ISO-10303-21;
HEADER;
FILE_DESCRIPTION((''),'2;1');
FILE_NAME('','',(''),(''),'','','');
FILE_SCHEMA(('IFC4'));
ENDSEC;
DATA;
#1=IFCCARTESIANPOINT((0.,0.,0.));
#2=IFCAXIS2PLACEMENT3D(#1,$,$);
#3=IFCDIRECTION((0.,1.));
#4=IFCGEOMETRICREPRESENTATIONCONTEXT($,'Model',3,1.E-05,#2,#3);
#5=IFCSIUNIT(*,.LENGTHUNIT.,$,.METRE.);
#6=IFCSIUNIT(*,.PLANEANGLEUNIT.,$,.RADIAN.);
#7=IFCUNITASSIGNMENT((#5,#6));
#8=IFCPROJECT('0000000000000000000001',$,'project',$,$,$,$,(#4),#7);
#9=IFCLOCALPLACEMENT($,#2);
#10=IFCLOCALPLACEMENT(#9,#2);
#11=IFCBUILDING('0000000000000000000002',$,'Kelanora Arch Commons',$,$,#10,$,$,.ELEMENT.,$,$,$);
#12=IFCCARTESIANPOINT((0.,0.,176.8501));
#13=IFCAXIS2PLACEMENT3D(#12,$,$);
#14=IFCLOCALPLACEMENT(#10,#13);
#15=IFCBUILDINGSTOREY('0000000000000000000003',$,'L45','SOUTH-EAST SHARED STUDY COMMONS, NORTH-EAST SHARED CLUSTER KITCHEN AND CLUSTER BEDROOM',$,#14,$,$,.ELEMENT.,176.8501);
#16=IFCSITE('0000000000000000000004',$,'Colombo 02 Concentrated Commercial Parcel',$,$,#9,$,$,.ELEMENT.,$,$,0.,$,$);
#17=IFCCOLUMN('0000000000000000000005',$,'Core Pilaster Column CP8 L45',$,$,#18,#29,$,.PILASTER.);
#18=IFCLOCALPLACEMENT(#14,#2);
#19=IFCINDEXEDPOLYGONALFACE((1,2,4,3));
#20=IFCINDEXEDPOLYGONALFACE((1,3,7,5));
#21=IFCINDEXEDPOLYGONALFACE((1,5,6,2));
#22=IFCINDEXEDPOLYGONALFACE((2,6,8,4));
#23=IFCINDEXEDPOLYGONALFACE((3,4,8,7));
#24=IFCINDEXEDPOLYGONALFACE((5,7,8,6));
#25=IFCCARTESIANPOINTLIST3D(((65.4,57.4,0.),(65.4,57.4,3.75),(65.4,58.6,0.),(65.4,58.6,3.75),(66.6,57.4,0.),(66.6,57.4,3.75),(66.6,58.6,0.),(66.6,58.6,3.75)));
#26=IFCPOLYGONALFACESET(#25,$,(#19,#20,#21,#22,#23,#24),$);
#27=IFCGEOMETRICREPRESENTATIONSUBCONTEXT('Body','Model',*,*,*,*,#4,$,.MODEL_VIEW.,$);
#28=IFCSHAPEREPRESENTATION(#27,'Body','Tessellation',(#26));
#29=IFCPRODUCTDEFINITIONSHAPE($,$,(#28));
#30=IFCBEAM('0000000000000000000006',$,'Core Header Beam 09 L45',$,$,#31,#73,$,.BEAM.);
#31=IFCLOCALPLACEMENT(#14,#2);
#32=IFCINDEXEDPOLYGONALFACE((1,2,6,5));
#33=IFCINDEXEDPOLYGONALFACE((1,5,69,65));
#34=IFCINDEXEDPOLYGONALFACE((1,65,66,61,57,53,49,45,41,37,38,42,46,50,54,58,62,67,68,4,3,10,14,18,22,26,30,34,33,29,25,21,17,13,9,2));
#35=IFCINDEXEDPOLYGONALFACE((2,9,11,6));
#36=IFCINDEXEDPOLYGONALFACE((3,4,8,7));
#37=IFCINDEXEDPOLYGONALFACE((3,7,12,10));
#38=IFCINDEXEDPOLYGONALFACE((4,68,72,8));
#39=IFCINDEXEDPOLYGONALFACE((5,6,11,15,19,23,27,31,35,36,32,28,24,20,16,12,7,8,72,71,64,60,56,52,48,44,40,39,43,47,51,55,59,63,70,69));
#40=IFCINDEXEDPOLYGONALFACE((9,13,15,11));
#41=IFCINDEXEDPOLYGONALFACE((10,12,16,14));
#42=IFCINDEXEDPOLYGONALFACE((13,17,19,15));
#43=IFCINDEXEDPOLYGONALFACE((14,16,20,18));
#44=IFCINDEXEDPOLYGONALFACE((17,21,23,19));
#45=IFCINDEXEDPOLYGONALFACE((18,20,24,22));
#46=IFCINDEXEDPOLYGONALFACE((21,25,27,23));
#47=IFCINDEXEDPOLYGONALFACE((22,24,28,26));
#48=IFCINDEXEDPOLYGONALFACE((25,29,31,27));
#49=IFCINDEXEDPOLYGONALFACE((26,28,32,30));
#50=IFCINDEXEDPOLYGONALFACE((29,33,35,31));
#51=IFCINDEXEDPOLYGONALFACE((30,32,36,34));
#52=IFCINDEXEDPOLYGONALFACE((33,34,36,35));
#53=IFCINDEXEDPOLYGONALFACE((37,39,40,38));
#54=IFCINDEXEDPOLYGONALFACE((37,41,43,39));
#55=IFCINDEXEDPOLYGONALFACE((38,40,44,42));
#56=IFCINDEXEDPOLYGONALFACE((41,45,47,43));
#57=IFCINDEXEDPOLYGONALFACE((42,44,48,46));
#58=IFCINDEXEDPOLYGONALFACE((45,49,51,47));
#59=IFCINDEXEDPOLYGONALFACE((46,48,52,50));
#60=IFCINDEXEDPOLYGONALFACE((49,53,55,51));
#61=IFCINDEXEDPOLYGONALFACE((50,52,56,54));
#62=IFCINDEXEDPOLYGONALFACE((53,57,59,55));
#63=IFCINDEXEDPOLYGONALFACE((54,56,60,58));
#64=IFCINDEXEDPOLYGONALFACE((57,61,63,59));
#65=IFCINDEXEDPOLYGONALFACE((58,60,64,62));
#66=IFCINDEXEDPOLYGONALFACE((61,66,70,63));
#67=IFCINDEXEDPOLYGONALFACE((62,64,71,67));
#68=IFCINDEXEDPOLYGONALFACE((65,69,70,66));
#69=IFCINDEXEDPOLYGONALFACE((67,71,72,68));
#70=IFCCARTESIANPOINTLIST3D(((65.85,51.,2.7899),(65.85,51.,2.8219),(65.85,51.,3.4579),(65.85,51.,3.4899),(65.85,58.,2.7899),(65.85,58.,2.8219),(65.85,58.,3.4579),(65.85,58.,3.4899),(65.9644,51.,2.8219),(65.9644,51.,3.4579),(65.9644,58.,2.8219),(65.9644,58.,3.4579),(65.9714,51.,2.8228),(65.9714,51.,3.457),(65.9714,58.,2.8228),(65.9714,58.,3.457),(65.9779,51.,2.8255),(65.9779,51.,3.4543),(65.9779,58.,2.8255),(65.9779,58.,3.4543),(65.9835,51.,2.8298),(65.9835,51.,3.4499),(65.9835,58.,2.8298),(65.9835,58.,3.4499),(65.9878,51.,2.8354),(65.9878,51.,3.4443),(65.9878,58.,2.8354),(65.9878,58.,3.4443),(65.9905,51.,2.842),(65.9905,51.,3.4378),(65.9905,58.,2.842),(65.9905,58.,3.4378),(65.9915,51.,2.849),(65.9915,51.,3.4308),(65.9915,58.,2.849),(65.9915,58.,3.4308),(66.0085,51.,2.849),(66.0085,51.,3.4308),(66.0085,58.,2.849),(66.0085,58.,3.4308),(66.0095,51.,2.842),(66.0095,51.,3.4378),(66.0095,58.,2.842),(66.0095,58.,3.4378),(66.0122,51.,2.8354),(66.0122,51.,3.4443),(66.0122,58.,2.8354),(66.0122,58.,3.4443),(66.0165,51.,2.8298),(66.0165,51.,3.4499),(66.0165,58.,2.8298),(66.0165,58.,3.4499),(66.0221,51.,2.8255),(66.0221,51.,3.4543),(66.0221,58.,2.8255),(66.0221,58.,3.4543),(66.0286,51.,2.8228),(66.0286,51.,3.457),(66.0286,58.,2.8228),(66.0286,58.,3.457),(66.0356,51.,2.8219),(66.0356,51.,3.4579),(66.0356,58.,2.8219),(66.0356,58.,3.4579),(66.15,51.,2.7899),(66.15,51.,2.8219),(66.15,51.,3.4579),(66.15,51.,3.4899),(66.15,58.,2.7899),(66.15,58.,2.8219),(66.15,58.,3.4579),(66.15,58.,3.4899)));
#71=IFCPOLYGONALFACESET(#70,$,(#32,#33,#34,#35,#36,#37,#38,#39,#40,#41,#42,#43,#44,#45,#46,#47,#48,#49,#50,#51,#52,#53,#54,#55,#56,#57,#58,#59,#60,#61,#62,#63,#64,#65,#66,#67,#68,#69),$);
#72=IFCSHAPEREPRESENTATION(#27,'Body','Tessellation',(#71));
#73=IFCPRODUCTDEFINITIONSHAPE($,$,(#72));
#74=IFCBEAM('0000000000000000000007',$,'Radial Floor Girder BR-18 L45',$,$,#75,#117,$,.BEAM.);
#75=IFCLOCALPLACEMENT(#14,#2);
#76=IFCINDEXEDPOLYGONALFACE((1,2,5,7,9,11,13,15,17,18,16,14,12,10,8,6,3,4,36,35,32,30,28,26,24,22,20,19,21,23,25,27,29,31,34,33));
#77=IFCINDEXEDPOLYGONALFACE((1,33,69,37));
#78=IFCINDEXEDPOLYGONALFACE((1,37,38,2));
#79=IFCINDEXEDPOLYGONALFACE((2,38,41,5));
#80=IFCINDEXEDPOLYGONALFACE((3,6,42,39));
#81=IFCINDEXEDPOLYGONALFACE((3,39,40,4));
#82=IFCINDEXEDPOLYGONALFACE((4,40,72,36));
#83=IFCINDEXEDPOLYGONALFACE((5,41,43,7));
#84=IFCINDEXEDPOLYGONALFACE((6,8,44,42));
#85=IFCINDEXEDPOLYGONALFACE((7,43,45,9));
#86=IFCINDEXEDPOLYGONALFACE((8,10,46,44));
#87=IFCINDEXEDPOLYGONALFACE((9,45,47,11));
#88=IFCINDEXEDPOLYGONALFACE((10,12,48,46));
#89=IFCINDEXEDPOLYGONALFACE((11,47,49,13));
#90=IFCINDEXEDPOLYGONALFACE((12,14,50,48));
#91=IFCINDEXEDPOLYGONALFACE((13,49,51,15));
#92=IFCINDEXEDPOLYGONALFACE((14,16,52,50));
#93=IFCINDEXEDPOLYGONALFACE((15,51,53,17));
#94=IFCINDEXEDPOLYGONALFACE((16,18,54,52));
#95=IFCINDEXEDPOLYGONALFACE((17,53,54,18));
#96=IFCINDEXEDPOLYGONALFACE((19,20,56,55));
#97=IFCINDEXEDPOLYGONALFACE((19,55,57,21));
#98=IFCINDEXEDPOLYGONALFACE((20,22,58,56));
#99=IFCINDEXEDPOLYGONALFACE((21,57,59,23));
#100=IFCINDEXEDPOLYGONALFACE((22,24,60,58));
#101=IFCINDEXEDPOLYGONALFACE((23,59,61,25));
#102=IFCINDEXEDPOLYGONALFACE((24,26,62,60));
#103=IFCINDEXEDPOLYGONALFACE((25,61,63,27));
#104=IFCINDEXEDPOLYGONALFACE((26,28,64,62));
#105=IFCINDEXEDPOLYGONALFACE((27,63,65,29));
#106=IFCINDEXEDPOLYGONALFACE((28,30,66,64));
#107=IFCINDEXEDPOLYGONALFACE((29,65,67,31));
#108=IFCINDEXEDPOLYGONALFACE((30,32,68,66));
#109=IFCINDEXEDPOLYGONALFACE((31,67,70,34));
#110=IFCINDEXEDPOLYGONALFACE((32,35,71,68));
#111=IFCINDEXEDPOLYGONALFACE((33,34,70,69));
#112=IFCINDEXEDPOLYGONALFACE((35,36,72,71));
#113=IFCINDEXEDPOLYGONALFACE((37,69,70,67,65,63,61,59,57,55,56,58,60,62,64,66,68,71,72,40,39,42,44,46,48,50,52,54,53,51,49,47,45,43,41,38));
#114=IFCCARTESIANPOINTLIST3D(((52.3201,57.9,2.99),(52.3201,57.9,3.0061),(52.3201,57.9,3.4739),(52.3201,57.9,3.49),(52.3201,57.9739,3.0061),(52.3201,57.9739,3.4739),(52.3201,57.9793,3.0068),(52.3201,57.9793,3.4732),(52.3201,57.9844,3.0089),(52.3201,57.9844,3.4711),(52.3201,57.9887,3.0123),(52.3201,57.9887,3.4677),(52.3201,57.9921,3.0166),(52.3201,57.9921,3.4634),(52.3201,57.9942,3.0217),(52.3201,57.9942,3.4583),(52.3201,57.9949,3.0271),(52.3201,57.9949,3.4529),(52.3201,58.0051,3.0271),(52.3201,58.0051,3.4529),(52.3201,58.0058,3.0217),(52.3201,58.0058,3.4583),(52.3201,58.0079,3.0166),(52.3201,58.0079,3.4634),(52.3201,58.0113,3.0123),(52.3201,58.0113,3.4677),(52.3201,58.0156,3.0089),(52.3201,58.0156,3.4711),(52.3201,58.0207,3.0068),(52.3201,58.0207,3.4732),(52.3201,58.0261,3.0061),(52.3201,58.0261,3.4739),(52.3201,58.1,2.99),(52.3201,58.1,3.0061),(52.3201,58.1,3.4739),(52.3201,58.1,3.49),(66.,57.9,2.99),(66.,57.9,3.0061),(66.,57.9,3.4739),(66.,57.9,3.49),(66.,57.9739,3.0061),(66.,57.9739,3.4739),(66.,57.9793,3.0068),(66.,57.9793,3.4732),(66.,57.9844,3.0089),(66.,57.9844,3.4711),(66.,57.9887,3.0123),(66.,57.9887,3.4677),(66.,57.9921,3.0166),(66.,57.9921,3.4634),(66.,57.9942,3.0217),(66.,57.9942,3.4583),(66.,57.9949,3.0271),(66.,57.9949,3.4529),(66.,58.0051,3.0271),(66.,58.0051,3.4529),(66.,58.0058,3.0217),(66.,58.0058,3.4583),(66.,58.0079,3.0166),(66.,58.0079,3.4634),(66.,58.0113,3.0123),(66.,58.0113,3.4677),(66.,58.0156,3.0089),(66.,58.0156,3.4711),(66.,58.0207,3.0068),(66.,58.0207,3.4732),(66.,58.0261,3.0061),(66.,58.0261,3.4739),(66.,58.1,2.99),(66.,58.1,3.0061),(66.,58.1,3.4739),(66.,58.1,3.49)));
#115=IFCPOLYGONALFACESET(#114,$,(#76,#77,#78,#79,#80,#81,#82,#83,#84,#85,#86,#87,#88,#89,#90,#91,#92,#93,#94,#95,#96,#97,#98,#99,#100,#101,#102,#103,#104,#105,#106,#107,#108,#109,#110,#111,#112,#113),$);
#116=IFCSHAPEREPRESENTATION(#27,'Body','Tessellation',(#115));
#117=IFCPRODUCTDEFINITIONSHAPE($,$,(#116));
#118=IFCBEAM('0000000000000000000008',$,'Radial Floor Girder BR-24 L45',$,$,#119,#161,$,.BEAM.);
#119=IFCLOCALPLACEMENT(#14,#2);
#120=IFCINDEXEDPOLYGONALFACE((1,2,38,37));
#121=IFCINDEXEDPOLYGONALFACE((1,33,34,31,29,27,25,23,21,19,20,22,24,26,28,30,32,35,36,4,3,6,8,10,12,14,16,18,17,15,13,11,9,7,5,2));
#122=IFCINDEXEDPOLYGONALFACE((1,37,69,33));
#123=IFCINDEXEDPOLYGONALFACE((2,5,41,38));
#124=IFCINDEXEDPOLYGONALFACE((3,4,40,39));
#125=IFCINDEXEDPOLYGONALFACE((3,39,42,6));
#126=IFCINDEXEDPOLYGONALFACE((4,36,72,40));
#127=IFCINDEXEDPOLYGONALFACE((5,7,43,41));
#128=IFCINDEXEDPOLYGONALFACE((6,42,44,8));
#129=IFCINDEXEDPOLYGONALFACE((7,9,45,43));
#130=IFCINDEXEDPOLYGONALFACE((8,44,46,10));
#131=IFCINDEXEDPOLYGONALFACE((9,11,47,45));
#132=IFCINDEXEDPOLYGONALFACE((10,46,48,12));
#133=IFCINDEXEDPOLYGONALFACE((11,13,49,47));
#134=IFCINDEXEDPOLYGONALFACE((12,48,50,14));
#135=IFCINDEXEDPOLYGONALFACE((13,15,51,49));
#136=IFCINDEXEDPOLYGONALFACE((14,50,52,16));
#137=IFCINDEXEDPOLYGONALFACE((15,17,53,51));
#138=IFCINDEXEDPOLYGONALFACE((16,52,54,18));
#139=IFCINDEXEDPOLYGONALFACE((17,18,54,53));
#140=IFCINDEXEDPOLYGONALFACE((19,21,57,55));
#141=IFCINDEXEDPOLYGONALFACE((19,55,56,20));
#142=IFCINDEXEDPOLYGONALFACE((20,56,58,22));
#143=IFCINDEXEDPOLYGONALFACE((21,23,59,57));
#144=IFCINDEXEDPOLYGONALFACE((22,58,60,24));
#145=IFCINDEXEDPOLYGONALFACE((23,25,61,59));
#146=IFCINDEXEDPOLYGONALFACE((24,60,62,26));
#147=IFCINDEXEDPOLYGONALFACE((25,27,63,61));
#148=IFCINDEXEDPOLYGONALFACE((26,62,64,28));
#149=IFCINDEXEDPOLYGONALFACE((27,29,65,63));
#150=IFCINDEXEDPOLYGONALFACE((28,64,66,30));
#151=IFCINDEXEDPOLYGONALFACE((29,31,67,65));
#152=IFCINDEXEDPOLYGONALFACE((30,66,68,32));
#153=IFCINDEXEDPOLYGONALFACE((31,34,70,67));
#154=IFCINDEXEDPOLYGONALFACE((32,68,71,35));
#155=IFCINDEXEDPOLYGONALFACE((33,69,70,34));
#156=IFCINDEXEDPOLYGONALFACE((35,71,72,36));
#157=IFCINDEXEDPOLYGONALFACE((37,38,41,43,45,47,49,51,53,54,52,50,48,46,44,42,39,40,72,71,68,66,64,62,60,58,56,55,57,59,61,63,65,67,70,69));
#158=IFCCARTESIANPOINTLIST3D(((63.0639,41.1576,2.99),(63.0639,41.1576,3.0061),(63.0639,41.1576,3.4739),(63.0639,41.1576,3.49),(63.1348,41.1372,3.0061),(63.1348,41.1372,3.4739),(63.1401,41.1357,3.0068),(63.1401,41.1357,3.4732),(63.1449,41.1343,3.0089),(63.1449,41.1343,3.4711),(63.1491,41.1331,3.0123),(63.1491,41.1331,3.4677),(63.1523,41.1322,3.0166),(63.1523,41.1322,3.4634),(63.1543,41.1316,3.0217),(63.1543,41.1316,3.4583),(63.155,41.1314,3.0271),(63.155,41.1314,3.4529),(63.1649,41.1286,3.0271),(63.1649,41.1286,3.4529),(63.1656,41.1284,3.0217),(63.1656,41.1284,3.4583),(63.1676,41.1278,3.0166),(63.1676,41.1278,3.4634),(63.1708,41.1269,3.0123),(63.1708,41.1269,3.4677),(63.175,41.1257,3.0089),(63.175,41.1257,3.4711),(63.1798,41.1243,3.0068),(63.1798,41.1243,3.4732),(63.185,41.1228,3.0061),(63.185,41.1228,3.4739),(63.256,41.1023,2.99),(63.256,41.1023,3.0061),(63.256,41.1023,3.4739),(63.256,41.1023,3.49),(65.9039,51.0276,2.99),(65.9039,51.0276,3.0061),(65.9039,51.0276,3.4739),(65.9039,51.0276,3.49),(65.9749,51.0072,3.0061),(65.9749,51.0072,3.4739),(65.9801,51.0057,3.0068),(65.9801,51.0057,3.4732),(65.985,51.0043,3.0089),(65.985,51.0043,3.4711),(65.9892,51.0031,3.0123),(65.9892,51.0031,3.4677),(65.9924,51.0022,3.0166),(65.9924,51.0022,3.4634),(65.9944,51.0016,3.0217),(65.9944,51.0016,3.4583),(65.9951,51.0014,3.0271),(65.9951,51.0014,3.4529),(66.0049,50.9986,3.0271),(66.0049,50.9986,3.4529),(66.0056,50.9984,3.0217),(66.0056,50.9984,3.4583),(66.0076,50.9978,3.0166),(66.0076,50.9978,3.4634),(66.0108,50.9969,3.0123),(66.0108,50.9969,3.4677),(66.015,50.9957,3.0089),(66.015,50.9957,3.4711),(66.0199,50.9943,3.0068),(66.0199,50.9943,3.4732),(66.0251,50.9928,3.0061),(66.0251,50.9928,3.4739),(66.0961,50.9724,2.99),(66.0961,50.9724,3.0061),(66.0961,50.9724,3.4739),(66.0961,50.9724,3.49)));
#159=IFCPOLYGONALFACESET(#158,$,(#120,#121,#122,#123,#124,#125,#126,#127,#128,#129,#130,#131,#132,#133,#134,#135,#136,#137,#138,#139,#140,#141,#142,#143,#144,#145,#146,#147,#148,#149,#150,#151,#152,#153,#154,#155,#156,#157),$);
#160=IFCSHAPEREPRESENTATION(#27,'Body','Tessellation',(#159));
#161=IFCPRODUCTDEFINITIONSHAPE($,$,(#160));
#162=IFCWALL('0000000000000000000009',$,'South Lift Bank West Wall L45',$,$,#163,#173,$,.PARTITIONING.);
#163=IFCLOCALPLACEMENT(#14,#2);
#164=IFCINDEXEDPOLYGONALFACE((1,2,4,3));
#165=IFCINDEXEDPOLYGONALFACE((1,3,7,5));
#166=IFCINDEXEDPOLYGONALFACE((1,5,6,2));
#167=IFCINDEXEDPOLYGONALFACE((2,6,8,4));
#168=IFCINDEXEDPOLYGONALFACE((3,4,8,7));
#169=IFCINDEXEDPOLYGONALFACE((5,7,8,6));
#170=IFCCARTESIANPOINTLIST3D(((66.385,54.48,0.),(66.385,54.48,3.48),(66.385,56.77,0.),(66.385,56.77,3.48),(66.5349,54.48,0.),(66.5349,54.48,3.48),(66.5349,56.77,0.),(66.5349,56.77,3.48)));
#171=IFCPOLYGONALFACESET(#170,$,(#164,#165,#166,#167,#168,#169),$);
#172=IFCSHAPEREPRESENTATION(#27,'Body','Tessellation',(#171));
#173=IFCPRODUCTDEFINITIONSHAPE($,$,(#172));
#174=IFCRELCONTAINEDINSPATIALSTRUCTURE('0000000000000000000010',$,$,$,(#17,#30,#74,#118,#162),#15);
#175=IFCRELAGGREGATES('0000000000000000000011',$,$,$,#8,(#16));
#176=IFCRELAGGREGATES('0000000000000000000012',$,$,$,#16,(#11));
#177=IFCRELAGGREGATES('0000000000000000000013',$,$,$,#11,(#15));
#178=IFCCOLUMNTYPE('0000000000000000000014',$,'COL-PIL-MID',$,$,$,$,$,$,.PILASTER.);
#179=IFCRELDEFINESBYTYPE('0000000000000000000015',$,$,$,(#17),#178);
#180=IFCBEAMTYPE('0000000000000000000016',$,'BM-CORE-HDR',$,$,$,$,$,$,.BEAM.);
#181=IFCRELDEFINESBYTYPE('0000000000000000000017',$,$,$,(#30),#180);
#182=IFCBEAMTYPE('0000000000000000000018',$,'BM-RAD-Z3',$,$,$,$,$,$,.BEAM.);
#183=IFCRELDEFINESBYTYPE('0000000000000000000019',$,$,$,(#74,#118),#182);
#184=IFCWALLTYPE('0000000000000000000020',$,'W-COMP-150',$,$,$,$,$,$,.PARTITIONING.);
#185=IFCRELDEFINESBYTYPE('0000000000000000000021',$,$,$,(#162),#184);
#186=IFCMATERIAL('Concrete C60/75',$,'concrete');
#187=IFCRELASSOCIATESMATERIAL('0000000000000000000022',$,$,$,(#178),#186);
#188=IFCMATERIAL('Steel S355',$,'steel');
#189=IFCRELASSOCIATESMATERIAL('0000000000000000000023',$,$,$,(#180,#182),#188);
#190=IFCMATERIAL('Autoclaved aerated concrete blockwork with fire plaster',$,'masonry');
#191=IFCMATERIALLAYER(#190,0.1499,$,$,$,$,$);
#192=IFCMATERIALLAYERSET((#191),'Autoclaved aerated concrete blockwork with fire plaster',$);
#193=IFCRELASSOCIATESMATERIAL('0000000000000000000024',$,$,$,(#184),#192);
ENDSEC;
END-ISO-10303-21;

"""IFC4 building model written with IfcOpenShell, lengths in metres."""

from ifc_helpers import new_model, si_unit, direction, frame, frame_2d, origin, origin_2d, place, context, subcontext, project, spatial, rectangle, i_section, extrude, material, layer, layer_set, material_profile, profile_set, type_object, element, save


model = new_model("IFC4")

# Units and contexts
model_context = context("Model", 3, precision=1e-05, world=origin(), true_north=direction((0.0, 1.0)))
body_context = subcontext(model_context, "Body", "Model", "MODEL_VIEW")
ifc_project = project(units=[si_unit("LENGTHUNIT", "METRE"), si_unit("PLANEANGLEUNIT", "RADIAN")], contexts=[model_context])

# Site, building, storey
site_placement = place(None, origin())
site = spatial("IfcSite", under=ifc_project, at=site_placement, Name="Colombo 02 Concentrated Commercial Parcel", CompositionType="ELEMENT", RefElevation=0.0)
building_placement = place(site_placement, origin())
building = spatial("IfcBuilding", under=site, at=building_placement, Name="Kelanora Arch Commons", CompositionType="ELEMENT")
storey_placement = place(building_placement, frame((0.0, 0.0, 176.8501)))
storey = spatial("IfcBuildingStorey", under=building, at=storey_placement, Name="L45", Description="SOUTH-EAST SHARED STUDY COMMONS, NORTH-EAST SHARED CLUSTER KITCHEN AND CLUSTER BEDROOM", CompositionType="ELEMENT", Elevation=176.8501)

# Column
ifc_material_1 = material(Name="Concrete C60/75", Category="concrete")
ifc_material_profile_1 = material_profile(ifc_material_1, rectangle(XDim=1.2, YDim=1.2, at=origin_2d()), Name="RC1200x1200")
ifc_profile_set_1 = profile_set([ifc_material_profile_1], Name="Concrete C60/75")
column_type = type_object("IfcColumnType", Name="COL-PIL-MID", PredefinedType="PILASTER", material=ifc_profile_set_1)
column_placement = place(storey_placement, frame((66.0, 58.0, 0.0), z_axis=(0.0, 0.0, 1.0), x_axis=(1.0, 0.0, 0.0)))
element("IfcColumn", 1, at=column_placement, inside=storey, type_object=column_type, Name="Core Pilaster Column CP8 L45", PredefinedType="PILASTER", context=body_context, shape_type="SweptSolid", body=[
    extrude(rectangle(XDim=1.2, YDim=1.2, at=origin_2d()), origin(), (0.0, 0.0, 1.0), 3.75),
])

# Beams
ifc_material_2 = material(Name="Steel S355", Category="steel")
ifc_material_profile_2 = material_profile(ifc_material_2, i_section(OverallWidth=0.3, OverallDepth=0.7, WebThickness=0.0171, FlangeThickness=0.032, FilletRadius=0.0271, at=origin_2d()), Name="HEB700")
ifc_profile_set_2 = profile_set([ifc_material_profile_2], Name="Steel S355")
beam_type_1 = type_object("IfcBeamType", Name="BM-CORE-HDR", PredefinedType="BEAM", material=ifc_profile_set_2)
beam_1_placement = place(storey_placement, frame((66.0, 58.0, 3.1399), z_axis=(0.0, -1.0, 0.0), x_axis=(1.0, 0.0, 0.0)))
element("IfcBeam", 2, at=beam_1_placement, inside=storey, type_object=beam_type_1, Name="Core Header Beam 09 L45", PredefinedType="BEAM", context=body_context, shape_type="SweptSolid", body=[
    extrude(i_section(OverallWidth=0.3, OverallDepth=0.7, WebThickness=0.0171, FlangeThickness=0.032, FilletRadius=0.0271, at=origin_2d()), origin(), (0.0, 0.0, 1.0), 7.0),
])
ifc_material_profile_3 = material_profile(ifc_material_2, i_section(OverallWidth=0.2, OverallDepth=0.5, WebThickness=0.0103, FlangeThickness=0.0161, FilletRadius=0.021, at=origin_2d()), Name="IPE500")
ifc_profile_set_3 = profile_set([ifc_material_profile_3], Name="Steel S355")
beam_type_2 = type_object("IfcBeamType", Name="BM-RAD-Z3", PredefinedType="BEAM", material=ifc_profile_set_3)
beam_2_placement = place(storey_placement, frame((66.0, 58.0, 3.24), z_axis=(-1.0, 0.0, 0.0), x_axis=(0.0, -1.0, 0.0)))
element("IfcBeam", 3, at=beam_2_placement, inside=storey, type_object=beam_type_2, Name="Radial Floor Girder BR-18 L45", PredefinedType="BEAM", context=body_context, shape_type="SweptSolid", body=[
    extrude(i_section(OverallWidth=0.2, OverallDepth=0.5, WebThickness=0.0103, FlangeThickness=0.0161, FilletRadius=0.021, at=origin_2d()), origin(), (0.0, 0.0, 1.0), 13.6799),
])
beam_3_placement = place(storey_placement, frame((66.0, 51.0, 3.24), z_axis=(-0.276526, -0.961006, 0.0), x_axis=(0.961006, -0.276526, 0.0)))
element("IfcBeam", 4, at=beam_3_placement, inside=storey, type_object=beam_type_2, Name="Radial Floor Girder BR-24 L45", PredefinedType="BEAM", context=body_context, shape_type="SweptSolid", body=[
    extrude(i_section(OverallWidth=0.2, OverallDepth=0.5, WebThickness=0.0103, FlangeThickness=0.0161, FilletRadius=0.021, at=origin_2d()), origin(), (0.0, 0.0, 1.0), 10.2705),
])

# Wall
ifc_material_3 = material(Name="Autoclaved aerated concrete blockwork with fire plaster", Category="masonry")
ifc_layer_1 = layer(ifc_material_3, 0.1499)
ifc_layer_set_1 = layer_set([ifc_layer_1], Name="Autoclaved aerated concrete blockwork with fire plaster")
wall_type_1 = type_object("IfcWallType", Name="W-COMP-150", PredefinedType="PARTITIONING", material=ifc_layer_set_1)
wall_1_placement = place(storey_placement, frame((66.46, 54.48, 0.0), z_axis=(0.0, 0.0, 1.0), x_axis=(0.0, 1.0, 0.0)))
element("IfcWall", 5, at=wall_1_placement, inside=storey, type_object=wall_type_1, Name="South Lift Bank West Wall L45", PredefinedType="PARTITIONING", context=body_context, shape_type="SweptSolid", body=[
    extrude(rectangle(XDim=2.29, YDim=0.1499, at=frame_2d((1.145, 0.0))), origin(), (0.0, 0.0, 1.0), 3.48),
])

save(model, "model.ifc")
